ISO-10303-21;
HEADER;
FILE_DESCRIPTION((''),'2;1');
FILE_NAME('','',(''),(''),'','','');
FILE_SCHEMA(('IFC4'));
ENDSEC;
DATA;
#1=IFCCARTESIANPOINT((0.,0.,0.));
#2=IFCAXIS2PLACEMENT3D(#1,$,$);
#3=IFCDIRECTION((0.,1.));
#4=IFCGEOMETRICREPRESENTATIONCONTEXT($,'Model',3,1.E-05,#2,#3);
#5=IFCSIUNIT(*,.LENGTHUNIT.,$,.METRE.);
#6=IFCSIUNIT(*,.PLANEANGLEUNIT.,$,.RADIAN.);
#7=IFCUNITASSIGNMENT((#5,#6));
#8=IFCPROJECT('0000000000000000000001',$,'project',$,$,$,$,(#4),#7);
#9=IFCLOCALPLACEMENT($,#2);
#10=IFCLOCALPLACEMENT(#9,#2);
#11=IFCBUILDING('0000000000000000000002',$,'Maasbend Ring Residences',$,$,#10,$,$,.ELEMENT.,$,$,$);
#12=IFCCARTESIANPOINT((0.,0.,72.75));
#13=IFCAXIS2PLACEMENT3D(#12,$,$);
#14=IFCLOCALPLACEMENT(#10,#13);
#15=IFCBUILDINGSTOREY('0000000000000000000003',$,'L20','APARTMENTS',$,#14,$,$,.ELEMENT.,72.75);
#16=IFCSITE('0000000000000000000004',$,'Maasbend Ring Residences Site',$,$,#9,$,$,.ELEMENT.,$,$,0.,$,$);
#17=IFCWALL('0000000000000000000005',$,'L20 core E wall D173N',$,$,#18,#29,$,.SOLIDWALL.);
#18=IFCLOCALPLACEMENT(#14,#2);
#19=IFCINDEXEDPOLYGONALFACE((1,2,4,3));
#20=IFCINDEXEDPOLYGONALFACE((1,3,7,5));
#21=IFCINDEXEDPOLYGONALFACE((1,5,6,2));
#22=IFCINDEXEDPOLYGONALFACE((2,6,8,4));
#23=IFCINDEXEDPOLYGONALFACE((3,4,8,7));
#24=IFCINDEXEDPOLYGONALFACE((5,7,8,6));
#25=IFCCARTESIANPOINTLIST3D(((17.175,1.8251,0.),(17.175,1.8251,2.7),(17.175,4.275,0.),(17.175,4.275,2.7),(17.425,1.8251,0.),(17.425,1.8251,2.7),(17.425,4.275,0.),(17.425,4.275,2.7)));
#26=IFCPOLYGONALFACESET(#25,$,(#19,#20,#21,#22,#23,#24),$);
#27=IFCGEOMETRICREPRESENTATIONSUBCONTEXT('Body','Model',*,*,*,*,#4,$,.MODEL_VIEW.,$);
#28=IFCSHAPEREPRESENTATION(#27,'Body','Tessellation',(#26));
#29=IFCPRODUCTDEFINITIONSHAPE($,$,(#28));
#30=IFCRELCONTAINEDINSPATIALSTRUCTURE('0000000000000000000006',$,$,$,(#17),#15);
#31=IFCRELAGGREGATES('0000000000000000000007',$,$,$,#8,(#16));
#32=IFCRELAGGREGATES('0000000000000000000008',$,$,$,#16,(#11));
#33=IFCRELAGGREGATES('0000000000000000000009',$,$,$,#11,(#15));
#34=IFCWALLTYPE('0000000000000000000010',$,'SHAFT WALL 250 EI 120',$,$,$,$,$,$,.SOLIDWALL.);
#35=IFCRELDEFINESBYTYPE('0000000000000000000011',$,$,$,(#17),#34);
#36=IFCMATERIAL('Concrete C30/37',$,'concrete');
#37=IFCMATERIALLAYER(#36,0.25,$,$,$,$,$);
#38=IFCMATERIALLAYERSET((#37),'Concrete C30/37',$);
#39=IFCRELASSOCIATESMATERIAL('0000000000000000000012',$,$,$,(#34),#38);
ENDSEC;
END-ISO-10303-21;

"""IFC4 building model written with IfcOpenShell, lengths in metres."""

from ifc_helpers import new_model, si_unit, direction, frame, frame_2d, origin, place, context, subcontext, project, spatial, rectangle, extrude, material, layer, layer_set, type_object, element, save


model = new_model("IFC4")

# Units and contexts
model_context = context("Model", 3, precision=1e-05, world=origin(), true_north=direction((0.0, 1.0)))
body_context = subcontext(model_context, "Body", "Model", "MODEL_VIEW")
ifc_project = project(units=[si_unit("LENGTHUNIT", "METRE"), si_unit("PLANEANGLEUNIT", "RADIAN")], contexts=[model_context])

# Site, building, storey
site_placement = place(None, origin())
site = spatial("IfcSite", under=ifc_project, at=site_placement, Name="Maasbend Ring Residences Site", CompositionType="ELEMENT", RefElevation=0.0)
building_placement = place(site_placement, origin())
building = spatial("IfcBuilding", under=site, at=building_placement, Name="Maasbend Ring Residences", CompositionType="ELEMENT")
storey_placement = place(building_placement, frame((0.0, 0.0, 72.75)))
storey = spatial("IfcBuildingStorey", under=building, at=storey_placement, Name="L20", Description="APARTMENTS", CompositionType="ELEMENT", Elevation=72.75)

# Wall
ifc_material_1 = material(Name="Concrete C30/37", Category="concrete")
ifc_layer_1 = layer(ifc_material_1, 0.25)
ifc_layer_set_1 = layer_set([ifc_layer_1], Name="Concrete C30/37")
wall_type_1 = type_object("IfcWallType", Name="SHAFT WALL 250 EI 120", PredefinedType="SOLIDWALL", material=ifc_layer_set_1)
wall_1_placement = place(storey_placement, frame((17.3, 1.825, 0.0), z_axis=(0.0, 0.0, 1.0), x_axis=(0.0, 1.0, 0.0)))
element("IfcWall", 1, at=wall_1_placement, inside=storey, type_object=wall_type_1, Name="L20 core E wall D173N", PredefinedType="SOLIDWALL", context=body_context, shape_type="SweptSolid", body=[
    extrude(rectangle(XDim=2.45, YDim=0.25, at=frame_2d((1.2251, 0.0))), origin(), (0.0, 0.0, 1.0), 2.7),
])

save(model, "model.ifc")
